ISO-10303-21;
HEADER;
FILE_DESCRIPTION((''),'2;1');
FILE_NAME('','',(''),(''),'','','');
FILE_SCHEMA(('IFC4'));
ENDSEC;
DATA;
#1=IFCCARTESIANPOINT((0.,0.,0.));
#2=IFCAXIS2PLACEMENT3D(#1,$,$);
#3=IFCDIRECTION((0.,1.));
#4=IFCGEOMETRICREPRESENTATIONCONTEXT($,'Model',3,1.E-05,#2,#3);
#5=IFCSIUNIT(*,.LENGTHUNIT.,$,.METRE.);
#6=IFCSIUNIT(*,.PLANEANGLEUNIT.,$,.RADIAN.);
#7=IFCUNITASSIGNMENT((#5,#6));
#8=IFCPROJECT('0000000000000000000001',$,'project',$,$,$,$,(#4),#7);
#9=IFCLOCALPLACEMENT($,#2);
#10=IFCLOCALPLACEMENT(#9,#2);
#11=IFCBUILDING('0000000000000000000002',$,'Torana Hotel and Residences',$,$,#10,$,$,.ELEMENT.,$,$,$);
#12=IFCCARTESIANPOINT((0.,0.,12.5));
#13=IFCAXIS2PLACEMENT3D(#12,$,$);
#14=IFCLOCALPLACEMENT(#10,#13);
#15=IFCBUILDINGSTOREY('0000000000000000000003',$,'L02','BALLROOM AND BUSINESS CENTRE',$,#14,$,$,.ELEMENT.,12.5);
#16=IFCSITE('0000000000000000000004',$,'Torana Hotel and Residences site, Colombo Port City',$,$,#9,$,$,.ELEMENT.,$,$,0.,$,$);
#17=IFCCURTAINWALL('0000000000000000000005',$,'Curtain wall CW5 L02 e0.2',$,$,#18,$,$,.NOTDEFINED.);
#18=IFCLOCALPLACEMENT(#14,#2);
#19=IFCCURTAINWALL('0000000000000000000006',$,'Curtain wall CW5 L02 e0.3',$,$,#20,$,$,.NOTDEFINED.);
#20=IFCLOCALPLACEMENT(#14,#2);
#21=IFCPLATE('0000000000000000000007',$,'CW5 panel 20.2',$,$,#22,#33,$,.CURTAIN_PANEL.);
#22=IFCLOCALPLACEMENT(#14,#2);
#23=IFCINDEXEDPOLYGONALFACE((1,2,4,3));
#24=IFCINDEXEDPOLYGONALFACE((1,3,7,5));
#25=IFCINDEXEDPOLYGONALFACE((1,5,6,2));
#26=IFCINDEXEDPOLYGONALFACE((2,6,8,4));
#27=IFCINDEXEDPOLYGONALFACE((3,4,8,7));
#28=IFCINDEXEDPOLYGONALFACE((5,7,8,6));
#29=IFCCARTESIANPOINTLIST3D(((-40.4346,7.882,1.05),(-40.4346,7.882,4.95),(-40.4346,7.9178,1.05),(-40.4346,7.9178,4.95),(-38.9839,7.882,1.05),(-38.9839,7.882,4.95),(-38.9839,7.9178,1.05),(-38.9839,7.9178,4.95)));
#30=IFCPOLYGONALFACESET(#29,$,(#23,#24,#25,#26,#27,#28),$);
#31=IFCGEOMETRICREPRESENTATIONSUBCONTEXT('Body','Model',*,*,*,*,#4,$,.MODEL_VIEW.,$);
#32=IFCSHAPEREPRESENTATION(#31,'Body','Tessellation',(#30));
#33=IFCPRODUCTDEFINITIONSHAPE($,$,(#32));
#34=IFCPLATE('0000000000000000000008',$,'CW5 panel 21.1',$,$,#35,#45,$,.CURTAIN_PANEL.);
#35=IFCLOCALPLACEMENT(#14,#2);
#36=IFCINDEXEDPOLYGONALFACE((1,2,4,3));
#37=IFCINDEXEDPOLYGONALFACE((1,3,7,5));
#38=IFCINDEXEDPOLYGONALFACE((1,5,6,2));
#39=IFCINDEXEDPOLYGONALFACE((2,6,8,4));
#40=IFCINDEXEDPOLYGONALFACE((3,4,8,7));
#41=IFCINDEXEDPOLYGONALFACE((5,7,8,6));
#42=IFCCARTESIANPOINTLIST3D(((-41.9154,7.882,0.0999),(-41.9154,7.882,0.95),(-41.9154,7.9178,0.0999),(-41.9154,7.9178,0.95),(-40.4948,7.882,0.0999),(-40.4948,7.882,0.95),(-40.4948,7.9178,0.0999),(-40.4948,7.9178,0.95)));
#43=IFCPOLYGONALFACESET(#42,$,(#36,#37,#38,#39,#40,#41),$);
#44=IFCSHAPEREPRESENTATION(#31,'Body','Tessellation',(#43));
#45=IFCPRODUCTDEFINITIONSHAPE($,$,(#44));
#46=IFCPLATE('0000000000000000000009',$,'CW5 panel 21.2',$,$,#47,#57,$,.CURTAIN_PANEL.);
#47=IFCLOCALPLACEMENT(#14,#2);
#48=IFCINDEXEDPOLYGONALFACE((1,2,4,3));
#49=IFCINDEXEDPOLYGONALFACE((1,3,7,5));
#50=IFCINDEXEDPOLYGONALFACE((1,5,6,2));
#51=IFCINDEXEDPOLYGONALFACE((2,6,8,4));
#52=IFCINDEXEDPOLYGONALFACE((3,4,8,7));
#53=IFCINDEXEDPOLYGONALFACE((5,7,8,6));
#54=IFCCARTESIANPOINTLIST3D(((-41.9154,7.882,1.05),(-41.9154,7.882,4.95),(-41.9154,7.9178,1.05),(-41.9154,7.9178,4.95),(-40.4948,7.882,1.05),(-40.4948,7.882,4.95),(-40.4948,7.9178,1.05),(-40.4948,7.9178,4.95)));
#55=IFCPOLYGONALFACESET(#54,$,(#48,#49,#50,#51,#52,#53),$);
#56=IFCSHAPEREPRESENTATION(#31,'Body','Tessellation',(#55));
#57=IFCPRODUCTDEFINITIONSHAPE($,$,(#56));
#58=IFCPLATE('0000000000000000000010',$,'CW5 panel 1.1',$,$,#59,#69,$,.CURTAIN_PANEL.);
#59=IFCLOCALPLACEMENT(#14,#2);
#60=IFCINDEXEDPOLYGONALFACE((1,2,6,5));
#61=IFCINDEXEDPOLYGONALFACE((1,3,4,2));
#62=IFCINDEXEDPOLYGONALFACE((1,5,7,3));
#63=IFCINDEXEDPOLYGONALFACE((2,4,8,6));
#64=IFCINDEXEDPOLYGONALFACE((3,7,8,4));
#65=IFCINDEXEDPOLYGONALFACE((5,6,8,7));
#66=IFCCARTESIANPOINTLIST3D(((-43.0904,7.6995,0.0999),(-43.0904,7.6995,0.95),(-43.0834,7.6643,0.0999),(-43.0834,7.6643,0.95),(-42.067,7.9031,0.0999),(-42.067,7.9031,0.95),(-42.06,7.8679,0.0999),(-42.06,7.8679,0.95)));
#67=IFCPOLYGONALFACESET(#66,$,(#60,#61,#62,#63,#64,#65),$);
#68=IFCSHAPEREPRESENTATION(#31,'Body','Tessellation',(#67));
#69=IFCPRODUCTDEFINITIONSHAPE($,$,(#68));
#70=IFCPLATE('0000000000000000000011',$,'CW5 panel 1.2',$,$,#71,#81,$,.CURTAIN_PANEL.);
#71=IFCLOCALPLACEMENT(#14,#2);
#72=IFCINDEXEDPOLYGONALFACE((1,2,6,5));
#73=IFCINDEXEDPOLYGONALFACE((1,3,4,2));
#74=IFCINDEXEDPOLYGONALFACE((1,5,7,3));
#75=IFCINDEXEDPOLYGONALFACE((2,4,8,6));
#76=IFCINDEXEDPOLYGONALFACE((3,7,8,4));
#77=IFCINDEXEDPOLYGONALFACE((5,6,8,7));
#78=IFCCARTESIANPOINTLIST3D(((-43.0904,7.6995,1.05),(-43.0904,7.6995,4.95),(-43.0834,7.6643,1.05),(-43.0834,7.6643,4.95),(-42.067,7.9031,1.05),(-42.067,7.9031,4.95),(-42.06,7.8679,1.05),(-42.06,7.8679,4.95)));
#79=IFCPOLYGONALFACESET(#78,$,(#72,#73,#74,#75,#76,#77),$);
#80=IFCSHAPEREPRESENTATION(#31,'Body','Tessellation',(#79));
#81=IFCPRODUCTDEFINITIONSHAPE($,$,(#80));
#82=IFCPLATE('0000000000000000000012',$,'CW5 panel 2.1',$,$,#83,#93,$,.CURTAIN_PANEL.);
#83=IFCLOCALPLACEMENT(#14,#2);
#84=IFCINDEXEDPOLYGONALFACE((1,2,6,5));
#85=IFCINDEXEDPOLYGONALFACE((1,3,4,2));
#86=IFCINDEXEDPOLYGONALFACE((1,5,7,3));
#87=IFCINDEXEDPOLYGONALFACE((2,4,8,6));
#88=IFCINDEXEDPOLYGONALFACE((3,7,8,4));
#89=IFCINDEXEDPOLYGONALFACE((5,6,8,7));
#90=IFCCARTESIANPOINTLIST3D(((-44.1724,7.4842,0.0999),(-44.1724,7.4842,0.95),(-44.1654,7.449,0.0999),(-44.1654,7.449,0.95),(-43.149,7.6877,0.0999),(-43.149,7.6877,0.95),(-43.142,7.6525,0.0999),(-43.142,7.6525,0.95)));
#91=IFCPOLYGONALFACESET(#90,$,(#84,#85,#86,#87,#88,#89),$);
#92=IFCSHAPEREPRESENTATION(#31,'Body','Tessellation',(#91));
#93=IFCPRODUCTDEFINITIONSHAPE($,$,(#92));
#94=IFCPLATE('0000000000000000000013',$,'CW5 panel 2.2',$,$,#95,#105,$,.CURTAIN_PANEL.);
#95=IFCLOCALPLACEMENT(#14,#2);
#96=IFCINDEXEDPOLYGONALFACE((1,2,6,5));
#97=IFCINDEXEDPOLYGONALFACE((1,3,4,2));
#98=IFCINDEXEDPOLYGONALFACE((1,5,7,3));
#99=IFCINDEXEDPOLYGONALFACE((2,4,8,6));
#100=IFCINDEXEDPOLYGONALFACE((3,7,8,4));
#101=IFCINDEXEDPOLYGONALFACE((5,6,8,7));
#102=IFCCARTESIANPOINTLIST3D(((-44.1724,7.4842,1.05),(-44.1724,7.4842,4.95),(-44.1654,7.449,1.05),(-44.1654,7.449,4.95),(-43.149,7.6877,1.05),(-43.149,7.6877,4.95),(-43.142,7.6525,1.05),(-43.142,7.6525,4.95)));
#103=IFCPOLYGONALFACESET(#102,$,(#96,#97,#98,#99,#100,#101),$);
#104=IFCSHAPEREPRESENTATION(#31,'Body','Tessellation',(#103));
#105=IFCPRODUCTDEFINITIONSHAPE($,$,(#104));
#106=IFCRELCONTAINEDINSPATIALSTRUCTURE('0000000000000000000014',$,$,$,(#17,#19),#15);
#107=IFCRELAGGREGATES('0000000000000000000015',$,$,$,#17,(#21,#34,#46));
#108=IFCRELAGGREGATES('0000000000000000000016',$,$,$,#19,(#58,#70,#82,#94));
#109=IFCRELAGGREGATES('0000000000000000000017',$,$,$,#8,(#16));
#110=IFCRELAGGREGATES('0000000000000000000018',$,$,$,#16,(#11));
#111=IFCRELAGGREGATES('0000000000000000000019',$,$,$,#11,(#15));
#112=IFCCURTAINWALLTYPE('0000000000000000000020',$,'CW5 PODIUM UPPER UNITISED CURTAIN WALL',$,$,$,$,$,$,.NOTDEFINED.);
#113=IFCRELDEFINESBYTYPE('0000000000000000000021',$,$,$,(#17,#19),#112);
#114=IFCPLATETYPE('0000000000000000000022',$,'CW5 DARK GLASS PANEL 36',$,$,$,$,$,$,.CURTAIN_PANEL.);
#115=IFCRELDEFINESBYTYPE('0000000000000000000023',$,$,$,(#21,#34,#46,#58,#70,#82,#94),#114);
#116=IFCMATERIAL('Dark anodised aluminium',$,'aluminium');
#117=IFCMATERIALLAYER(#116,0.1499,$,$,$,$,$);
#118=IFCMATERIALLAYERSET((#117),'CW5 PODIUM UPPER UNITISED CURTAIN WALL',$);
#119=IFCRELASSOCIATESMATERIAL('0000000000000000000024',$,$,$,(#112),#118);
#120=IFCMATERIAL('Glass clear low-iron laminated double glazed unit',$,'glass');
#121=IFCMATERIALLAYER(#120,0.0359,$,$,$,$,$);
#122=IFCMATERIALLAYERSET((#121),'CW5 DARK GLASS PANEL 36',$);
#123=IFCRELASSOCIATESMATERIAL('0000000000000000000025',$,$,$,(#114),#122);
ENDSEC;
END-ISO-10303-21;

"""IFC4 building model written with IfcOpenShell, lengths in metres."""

from ifc_helpers import new_model, si_unit, direction, frame, origin, origin_2d, place, context, subcontext, project, spatial, rectangle, extrude, material, layer, layer_set, type_object, element, aggregate, save


model = new_model("IFC4")

# Units and contexts
model_context = context("Model", 3, precision=1e-05, world=origin(), true_north=direction((0.0, 1.0)))
body_context = subcontext(model_context, "Body", "Model", "MODEL_VIEW")
ifc_project = project(units=[si_unit("LENGTHUNIT", "METRE"), si_unit("PLANEANGLEUNIT", "RADIAN")], contexts=[model_context])

# Site, building, storey
site_placement = place(None, origin())
site = spatial("IfcSite", under=ifc_project, at=site_placement, Name="Torana Hotel and Residences site, Colombo Port City", CompositionType="ELEMENT", RefElevation=0.0)
building_placement = place(site_placement, origin())
building = spatial("IfcBuilding", under=site, at=building_placement, Name="Torana Hotel and Residences", CompositionType="ELEMENT")
storey_placement = place(building_placement, frame((0.0, 0.0, 12.5)))
storey = spatial("IfcBuildingStorey", under=building, at=storey_placement, Name="L02", Description="BALLROOM AND BUSINESS CENTRE", CompositionType="ELEMENT", Elevation=12.5)

# Curtain walls
ifc_material_1 = material(Name="Dark anodised aluminium", Category="aluminium")
ifc_layer_1 = layer(ifc_material_1, 0.1499)
ifc_layer_set_1 = layer_set([ifc_layer_1], Name="CW5 PODIUM UPPER UNITISED CURTAIN WALL")
curtain_wall_type = type_object("IfcCurtainWallType", Name="CW5 PODIUM UPPER UNITISED CURTAIN WALL", PredefinedType="NOTDEFINED", material=ifc_layer_set_1)
curtain_wall_1_placement = place(storey_placement, origin())
curtain_wall_1 = element("IfcCurtainWall", 1, at=curtain_wall_1_placement, inside=storey, type_object=curtain_wall_type, Name="Curtain wall CW5 L02 e0.2", PredefinedType="NOTDEFINED")
curtain_wall_2_placement = place(storey_placement, origin())
curtain_wall_2 = element("IfcCurtainWall", 2, at=curtain_wall_2_placement, inside=storey, type_object=curtain_wall_type, Name="Curtain wall CW5 L02 e0.3", PredefinedType="NOTDEFINED")

# Plates
ifc_material_2 = material(Name="Glass clear low-iron laminated double glazed unit", Category="glass")
ifc_layer_2 = layer(ifc_material_2, 0.0359)
ifc_layer_set_2 = layer_set([ifc_layer_2], Name="CW5 DARK GLASS PANEL 36")
plate_type = type_object("IfcPlateType", Name="CW5 DARK GLASS PANEL 36", PredefinedType="CURTAIN_PANEL", material=ifc_layer_set_2)
plate_1_placement = place(storey_placement, frame((-39.7092, 7.8999, 1.05), z_axis=(0.0, 0.0, 1.0), x_axis=(-1.0, 0.0, 0.0)))
plate_1 = element("IfcPlate", 3, at=plate_1_placement, type_object=plate_type, Name="CW5 panel 20.2", PredefinedType="CURTAIN_PANEL", context=body_context, shape_type="SweptSolid", body=[
    extrude(rectangle(XDim=1.4507, YDim=0.0359, at=origin_2d()), origin(), (0.0, 0.0, 1.0), 3.8999),
])
plate_2_placement = place(storey_placement, frame((-41.2051, 7.8999, 0.0999), z_axis=(0.0, 0.0, 1.0), x_axis=(-1.0, 0.0, 0.0)))
plate_2 = element("IfcPlate", 4, at=plate_2_placement, type_object=plate_type, Name="CW5 panel 21.1", PredefinedType="CURTAIN_PANEL", context=body_context, shape_type="SweptSolid", body=[
    extrude(rectangle(XDim=1.4207, YDim=0.0359, at=origin_2d()), origin(), (0.0, 0.0, 1.0), 0.8501),
])
plate_3_placement = place(storey_placement, frame((-41.2051, 7.8999, 1.05), z_axis=(0.0, 0.0, 1.0), x_axis=(-1.0, 0.0, 0.0)))
plate_3 = element("IfcPlate", 5, at=plate_3_placement, type_object=plate_type, Name="CW5 panel 21.2", PredefinedType="CURTAIN_PANEL", context=body_context, shape_type="SweptSolid", body=[
    extrude(rectangle(XDim=1.4207, YDim=0.0359, at=origin_2d()), origin(), (0.0, 0.0, 1.0), 3.8999),
])
aggregate(curtain_wall_1, [plate_1, plate_2, plate_3])
plate_4_placement = place(storey_placement, frame((-42.5752, 7.7837, 0.0999), z_axis=(0.0, 0.0, 1.0), x_axis=(-0.980787, -0.195081, 0.0)))
plate_4 = element("IfcPlate", 6, at=plate_4_placement, type_object=plate_type, Name="CW5 panel 1.1", PredefinedType="CURTAIN_PANEL", context=body_context, shape_type="SweptSolid", body=[
    extrude(rectangle(XDim=1.0435, YDim=0.0359, at=origin_2d()), origin(), (0.0, 0.0, 1.0), 0.8501),
])
plate_5_placement = place(storey_placement, frame((-42.5752, 7.7837, 1.05), z_axis=(0.0, 0.0, 1.0), x_axis=(-0.980787, -0.195081, 0.0)))
plate_5 = element("IfcPlate", 7, at=plate_5_placement, type_object=plate_type, Name="CW5 panel 1.2", PredefinedType="CURTAIN_PANEL", context=body_context, shape_type="SweptSolid", body=[
    extrude(rectangle(XDim=1.0435, YDim=0.0359, at=origin_2d()), origin(), (0.0, 0.0, 1.0), 3.8999),
])
plate_6_placement = place(storey_placement, frame((-43.6572, 7.5684, 0.0999), z_axis=(0.0, 0.0, 1.0), x_axis=(-0.980787, -0.195081, 0.0)))
plate_6 = element("IfcPlate", 8, at=plate_6_placement, type_object=plate_type, Name="CW5 panel 2.1", PredefinedType="CURTAIN_PANEL", context=body_context, shape_type="SweptSolid", body=[
    extrude(rectangle(XDim=1.0435, YDim=0.0359, at=origin_2d()), origin(), (0.0, 0.0, 1.0), 0.8501),
])
plate_7_placement = place(storey_placement, frame((-43.6572, 7.5684, 1.05), z_axis=(0.0, 0.0, 1.0), x_axis=(-0.980787, -0.195081, 0.0)))
plate_7 = element("IfcPlate", 9, at=plate_7_placement, type_object=plate_type, Name="CW5 panel 2.2", PredefinedType="CURTAIN_PANEL", context=body_context, shape_type="SweptSolid", body=[
    extrude(rectangle(XDim=1.0435, YDim=0.0359, at=origin_2d()), origin(), (0.0, 0.0, 1.0), 3.8999),
])
aggregate(curtain_wall_2, [plate_4, plate_5, plate_6, plate_7])

save(model, "model.ifc")
